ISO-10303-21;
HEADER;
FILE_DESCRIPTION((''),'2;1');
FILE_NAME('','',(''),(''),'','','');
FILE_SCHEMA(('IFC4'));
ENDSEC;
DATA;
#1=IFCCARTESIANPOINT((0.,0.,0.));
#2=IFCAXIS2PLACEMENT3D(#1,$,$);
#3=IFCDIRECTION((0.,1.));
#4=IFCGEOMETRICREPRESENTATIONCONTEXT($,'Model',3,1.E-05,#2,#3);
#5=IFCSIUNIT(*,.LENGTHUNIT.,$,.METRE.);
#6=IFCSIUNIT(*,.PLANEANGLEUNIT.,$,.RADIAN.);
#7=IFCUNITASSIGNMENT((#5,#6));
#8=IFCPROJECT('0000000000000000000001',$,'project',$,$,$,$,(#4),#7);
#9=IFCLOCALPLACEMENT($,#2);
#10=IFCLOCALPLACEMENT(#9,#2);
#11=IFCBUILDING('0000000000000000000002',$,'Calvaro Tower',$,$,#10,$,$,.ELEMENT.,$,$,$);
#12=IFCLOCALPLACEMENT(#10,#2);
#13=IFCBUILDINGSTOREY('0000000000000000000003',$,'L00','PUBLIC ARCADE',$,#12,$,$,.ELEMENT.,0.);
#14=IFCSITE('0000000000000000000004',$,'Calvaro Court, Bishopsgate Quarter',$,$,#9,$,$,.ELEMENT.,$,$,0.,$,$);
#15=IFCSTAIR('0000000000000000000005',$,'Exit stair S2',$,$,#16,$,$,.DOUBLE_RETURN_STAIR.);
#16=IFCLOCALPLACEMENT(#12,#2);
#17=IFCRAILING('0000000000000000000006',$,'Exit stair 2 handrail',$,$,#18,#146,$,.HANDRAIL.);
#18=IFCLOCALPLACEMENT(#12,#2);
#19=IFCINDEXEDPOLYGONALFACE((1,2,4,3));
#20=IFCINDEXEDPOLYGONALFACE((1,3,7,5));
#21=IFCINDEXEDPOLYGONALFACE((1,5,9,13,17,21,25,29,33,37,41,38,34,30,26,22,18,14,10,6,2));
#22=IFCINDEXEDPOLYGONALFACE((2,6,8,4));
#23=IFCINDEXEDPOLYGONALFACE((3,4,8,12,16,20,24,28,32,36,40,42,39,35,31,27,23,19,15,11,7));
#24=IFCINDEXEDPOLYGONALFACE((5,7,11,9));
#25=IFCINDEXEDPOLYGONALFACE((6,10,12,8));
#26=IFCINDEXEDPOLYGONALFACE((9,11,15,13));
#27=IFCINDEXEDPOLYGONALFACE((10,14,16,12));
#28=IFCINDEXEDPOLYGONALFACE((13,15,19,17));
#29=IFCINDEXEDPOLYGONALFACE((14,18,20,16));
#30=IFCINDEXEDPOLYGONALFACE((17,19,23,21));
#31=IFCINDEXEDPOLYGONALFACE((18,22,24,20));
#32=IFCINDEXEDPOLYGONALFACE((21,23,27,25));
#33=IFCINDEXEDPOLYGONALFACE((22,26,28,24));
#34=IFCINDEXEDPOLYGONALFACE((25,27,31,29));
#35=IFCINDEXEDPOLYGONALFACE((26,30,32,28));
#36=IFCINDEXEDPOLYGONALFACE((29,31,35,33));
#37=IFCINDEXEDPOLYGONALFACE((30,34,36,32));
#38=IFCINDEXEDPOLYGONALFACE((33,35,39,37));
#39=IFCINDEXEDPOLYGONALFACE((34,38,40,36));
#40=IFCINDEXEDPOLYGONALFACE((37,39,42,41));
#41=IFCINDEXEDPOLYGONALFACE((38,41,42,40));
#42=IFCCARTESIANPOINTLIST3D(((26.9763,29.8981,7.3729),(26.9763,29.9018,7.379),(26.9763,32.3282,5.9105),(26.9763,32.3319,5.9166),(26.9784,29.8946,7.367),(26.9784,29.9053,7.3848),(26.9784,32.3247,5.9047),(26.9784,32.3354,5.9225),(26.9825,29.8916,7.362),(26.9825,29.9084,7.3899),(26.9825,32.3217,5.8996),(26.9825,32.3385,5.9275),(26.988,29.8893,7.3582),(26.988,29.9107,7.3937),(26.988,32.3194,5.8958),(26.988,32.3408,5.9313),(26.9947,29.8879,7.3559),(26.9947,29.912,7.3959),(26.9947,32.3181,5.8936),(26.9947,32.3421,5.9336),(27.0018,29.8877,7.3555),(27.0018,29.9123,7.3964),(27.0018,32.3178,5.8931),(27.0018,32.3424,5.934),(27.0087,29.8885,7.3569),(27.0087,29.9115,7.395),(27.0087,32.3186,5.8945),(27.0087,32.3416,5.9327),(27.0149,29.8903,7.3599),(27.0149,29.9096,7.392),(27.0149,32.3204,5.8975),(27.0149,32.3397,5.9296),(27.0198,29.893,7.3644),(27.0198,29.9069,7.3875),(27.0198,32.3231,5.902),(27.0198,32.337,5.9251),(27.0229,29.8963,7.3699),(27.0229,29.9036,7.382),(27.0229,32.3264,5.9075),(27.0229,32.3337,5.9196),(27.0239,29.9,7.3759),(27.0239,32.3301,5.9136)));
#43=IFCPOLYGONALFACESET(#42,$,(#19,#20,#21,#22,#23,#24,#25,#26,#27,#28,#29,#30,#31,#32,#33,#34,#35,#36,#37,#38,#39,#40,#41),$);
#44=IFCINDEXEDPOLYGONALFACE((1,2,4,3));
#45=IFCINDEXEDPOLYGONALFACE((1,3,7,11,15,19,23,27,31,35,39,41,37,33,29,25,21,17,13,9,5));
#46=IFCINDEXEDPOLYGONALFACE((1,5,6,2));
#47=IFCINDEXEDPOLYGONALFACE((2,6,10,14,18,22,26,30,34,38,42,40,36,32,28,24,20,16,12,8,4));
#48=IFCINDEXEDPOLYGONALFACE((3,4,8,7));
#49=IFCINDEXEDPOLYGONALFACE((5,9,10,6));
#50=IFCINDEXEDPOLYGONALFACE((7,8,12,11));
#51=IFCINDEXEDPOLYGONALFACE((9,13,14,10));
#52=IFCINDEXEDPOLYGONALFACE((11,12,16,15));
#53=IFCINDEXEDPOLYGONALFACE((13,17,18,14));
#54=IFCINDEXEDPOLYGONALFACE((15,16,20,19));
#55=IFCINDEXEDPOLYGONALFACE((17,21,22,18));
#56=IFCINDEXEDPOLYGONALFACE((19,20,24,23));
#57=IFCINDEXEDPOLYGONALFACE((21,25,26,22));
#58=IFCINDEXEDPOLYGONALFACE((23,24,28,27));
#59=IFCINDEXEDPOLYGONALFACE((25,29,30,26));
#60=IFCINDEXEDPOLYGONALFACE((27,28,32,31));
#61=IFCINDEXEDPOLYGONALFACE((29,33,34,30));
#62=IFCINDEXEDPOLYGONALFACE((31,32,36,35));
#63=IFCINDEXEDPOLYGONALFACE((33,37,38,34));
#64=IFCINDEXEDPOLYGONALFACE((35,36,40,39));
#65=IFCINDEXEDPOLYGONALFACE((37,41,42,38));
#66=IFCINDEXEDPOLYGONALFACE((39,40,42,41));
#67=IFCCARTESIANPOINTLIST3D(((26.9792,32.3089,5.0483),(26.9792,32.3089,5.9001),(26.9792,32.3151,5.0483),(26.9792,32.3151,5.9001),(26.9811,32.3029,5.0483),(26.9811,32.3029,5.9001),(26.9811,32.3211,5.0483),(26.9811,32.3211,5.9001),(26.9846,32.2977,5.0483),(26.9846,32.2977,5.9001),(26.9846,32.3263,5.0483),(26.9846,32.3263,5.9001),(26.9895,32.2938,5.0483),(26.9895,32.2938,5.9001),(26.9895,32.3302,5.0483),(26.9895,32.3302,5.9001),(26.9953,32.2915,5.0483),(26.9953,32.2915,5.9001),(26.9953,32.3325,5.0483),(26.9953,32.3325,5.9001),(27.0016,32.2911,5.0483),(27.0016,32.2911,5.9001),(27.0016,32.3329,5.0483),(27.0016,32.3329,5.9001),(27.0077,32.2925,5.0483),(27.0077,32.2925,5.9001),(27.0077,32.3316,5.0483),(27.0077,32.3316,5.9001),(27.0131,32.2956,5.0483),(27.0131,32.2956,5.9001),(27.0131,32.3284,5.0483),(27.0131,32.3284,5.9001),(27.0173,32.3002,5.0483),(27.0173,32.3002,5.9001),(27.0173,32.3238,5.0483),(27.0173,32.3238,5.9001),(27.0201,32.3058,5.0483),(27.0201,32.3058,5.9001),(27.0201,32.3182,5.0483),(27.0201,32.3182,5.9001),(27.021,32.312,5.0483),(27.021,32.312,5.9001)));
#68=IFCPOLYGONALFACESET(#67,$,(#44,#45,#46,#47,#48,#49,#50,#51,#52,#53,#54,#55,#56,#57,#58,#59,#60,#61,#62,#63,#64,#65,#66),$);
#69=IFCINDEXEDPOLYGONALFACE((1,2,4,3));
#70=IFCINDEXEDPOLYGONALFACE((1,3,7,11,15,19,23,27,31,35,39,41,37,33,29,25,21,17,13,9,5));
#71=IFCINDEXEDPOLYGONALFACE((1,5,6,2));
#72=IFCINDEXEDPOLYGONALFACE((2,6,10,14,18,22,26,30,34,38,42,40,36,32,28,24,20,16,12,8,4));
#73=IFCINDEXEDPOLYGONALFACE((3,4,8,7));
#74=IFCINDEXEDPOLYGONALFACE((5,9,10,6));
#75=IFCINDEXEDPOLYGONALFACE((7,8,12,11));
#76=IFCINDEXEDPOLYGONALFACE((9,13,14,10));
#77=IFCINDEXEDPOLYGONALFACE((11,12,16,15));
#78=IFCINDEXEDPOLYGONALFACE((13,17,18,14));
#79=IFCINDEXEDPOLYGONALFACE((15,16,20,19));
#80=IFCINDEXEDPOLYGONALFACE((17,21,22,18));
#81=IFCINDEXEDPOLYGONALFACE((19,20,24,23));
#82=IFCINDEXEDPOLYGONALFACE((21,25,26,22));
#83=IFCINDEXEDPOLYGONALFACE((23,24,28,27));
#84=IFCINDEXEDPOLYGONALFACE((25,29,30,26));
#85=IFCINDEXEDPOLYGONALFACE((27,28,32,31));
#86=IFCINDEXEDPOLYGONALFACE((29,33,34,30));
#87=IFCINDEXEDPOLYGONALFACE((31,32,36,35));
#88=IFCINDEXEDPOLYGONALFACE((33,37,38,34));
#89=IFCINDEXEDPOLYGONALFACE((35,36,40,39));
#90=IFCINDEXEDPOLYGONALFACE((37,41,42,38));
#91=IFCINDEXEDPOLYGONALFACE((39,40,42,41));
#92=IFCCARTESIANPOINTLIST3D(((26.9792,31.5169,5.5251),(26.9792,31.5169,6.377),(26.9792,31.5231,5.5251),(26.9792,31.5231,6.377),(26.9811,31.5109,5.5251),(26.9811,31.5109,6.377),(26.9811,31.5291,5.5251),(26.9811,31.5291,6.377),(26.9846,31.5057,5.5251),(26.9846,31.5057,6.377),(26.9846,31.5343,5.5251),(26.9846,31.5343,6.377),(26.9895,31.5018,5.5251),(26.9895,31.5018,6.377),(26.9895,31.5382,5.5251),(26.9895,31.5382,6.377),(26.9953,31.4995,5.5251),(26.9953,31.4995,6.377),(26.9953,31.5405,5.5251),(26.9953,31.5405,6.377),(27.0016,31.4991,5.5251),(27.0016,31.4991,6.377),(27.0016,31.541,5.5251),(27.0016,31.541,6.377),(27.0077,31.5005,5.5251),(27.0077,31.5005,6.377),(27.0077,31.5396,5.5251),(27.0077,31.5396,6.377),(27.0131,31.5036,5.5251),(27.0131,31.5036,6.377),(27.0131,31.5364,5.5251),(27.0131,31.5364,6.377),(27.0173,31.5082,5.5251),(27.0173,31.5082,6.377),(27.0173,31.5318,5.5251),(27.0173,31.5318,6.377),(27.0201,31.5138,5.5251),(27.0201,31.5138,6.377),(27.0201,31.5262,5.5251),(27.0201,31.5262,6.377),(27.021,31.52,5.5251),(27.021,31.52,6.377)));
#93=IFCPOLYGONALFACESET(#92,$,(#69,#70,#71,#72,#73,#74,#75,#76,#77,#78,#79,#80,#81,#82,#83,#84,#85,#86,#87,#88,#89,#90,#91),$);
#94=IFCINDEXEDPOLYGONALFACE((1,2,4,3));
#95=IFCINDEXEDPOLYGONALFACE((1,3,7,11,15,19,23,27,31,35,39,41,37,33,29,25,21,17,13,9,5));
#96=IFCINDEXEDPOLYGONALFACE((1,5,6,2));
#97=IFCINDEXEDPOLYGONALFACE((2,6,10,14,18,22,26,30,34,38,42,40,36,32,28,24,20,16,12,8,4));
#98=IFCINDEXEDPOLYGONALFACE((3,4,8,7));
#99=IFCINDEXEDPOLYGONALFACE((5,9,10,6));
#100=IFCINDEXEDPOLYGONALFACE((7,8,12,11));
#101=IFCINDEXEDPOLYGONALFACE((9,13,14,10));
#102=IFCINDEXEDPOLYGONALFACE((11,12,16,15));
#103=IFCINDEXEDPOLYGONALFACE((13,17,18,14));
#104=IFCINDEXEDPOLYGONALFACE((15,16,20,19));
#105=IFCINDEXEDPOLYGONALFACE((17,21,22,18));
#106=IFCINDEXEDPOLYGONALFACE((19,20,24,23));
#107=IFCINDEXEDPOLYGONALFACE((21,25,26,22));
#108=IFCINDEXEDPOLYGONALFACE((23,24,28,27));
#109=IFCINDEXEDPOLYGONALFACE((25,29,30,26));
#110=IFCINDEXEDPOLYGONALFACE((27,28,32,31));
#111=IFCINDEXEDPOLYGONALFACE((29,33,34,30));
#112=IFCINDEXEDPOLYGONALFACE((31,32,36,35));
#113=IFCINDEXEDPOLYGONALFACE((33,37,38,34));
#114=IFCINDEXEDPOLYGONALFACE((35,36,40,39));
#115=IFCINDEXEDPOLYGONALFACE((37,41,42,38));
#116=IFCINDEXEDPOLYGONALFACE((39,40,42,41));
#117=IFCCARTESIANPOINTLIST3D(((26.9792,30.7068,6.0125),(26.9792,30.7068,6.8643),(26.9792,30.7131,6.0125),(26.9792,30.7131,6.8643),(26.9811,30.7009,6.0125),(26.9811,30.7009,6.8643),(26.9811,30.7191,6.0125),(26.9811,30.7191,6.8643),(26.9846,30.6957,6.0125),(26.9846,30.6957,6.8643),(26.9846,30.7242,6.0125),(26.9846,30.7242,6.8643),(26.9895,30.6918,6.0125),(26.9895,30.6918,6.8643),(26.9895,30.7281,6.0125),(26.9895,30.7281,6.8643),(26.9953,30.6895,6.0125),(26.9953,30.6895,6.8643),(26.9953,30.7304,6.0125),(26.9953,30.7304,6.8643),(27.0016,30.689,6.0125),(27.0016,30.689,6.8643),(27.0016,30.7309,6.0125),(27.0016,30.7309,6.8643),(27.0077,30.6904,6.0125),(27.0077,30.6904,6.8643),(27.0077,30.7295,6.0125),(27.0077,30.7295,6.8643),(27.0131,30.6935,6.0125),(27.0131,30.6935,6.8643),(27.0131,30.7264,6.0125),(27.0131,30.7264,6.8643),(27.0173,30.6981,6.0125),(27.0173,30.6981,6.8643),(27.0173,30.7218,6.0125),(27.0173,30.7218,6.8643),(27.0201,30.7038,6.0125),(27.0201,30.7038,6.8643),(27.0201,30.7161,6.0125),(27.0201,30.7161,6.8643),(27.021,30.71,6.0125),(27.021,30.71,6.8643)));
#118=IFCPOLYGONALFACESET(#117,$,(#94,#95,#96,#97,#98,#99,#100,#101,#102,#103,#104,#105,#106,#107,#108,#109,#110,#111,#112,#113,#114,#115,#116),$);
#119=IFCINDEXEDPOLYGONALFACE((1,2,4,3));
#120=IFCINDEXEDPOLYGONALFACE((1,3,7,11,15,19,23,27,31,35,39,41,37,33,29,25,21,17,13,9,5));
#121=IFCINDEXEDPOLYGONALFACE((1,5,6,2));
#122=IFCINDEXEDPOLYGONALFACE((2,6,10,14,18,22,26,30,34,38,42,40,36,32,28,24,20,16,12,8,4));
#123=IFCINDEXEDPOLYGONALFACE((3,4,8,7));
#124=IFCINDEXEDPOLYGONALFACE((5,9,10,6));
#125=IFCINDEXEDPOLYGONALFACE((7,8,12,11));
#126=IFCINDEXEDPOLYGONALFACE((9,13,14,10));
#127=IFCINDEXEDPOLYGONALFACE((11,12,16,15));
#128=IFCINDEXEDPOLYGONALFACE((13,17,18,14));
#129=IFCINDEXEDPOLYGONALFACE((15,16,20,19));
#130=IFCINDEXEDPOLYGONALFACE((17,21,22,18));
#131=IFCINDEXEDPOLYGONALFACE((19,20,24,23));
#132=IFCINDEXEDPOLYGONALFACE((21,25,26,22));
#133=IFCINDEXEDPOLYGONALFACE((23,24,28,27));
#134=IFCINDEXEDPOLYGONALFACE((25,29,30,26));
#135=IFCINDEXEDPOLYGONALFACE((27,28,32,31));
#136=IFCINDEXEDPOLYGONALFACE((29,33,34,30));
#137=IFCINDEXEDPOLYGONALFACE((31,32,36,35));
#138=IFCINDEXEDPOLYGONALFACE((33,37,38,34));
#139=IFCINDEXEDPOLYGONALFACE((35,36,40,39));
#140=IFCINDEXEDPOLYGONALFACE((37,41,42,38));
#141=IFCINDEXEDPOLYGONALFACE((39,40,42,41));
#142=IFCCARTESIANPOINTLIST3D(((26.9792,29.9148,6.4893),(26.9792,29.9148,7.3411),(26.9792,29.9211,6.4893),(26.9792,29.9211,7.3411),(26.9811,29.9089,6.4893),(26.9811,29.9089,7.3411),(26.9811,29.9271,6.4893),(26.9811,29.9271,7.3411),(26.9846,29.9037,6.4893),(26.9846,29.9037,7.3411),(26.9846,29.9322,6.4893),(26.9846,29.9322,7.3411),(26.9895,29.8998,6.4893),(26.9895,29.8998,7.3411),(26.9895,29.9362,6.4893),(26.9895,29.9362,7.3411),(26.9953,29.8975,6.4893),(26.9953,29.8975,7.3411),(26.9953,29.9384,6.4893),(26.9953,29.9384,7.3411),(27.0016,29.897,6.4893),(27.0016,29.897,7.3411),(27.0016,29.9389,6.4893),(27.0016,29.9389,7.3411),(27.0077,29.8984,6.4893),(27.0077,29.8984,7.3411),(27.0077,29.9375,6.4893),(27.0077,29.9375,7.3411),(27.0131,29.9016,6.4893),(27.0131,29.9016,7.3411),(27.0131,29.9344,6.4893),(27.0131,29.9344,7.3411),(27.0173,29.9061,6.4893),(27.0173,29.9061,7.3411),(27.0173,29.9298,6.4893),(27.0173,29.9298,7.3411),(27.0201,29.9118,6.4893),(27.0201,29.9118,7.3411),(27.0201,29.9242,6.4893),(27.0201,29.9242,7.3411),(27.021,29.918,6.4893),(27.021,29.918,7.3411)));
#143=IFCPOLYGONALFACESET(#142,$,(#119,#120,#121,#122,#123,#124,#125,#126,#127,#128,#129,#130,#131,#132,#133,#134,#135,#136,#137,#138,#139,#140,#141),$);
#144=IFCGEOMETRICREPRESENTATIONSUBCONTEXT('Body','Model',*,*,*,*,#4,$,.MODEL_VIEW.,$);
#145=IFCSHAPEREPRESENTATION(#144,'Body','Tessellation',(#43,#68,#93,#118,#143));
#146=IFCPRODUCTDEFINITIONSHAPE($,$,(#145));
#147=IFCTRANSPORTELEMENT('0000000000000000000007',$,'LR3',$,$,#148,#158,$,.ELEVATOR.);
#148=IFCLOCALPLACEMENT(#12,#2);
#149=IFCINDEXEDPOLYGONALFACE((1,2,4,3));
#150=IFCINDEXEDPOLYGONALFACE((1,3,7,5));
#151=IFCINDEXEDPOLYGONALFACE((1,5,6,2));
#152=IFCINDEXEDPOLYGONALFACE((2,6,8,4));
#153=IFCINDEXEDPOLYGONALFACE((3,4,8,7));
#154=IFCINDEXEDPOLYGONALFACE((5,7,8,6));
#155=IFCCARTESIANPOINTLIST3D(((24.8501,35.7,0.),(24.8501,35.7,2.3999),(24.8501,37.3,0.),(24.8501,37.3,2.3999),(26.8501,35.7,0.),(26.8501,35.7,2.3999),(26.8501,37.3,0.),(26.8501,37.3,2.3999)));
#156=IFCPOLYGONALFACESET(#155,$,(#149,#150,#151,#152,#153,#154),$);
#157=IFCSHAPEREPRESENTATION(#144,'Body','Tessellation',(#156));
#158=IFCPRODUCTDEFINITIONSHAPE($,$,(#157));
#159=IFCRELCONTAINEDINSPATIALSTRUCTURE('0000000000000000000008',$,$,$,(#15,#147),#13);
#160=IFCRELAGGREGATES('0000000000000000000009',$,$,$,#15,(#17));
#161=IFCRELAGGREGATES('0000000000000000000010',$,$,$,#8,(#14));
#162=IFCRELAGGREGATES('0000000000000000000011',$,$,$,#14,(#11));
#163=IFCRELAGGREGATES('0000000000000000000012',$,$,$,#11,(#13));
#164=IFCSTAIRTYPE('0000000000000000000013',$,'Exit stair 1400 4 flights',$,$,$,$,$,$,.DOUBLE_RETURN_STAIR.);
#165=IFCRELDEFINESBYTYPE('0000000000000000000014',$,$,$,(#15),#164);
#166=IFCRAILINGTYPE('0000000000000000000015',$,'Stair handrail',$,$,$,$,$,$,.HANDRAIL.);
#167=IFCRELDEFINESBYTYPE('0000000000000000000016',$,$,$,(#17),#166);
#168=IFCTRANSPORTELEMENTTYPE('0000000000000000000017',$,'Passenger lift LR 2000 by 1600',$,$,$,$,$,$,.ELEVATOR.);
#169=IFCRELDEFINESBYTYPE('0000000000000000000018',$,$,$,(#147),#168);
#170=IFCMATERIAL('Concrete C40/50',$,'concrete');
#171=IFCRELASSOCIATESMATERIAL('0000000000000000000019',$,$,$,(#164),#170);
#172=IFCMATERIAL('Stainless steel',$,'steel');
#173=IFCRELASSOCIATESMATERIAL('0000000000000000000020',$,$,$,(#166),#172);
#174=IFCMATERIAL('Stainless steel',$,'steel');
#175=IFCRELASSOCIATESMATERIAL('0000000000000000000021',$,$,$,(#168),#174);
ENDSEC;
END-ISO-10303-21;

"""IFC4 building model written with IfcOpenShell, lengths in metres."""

from ifc_helpers import new_model, si_unit, direction, frame, origin, origin_2d, place, context, subcontext, project, spatial, rectangle, circle, extrude, material, type_object, element, aggregate, save


model = new_model("IFC4")

# Units and contexts
model_context = context("Model", 3, precision=1e-05, world=origin(), true_north=direction((0.0, 1.0)))
body_context = subcontext(model_context, "Body", "Model", "MODEL_VIEW")
ifc_project = project(units=[si_unit("LENGTHUNIT", "METRE"), si_unit("PLANEANGLEUNIT", "RADIAN")], contexts=[model_context])

# Site, building, storey
site_placement = place(None, origin())
site = spatial("IfcSite", under=ifc_project, at=site_placement, Name="Calvaro Court, Bishopsgate Quarter", CompositionType="ELEMENT", RefElevation=0.0)
building_placement = place(site_placement, origin())
building = spatial("IfcBuilding", under=site, at=building_placement, Name="Calvaro Tower", CompositionType="ELEMENT")
storey_placement = place(building_placement, origin())
storey = spatial("IfcBuildingStorey", under=building, at=storey_placement, Name="L00", Description="PUBLIC ARCADE", CompositionType="ELEMENT", Elevation=0.0)

# Stair, railing
ifc_material_1 = material(Name="Concrete C40/50", Category="concrete")
stair_type = type_object("IfcStairType", Name="Exit stair 1400 4 flights", PredefinedType="DOUBLE_RETURN_STAIR", material=ifc_material_1)
stair_placement = place(storey_placement, origin())
stair = element("IfcStair", 1, at=stair_placement, inside=storey, type_object=stair_type, Name="Exit stair S2", PredefinedType="DOUBLE_RETURN_STAIR")
ifc_material_2 = material(Name="Stainless steel", Category="steel")
railing_type = type_object("IfcRailingType", Name="Stair handrail", PredefinedType="HANDRAIL", material=ifc_material_2)
railing_1_placement = place(storey_placement, frame((27.0, 32.3301, 5.0376)))
railing_1 = element("IfcRailing", 2, at=railing_1_placement, type_object=railing_type, Name="Exit stair 2 handrail", PredefinedType="HANDRAIL", context=body_context, shape_type="SweptSolid", body=[
    extrude(circle(Radius=0.0239, at=origin_2d()), frame((0.0, 0.0, 0.876), z_axis=(0.0, -0.856824, 0.515609), x_axis=(1.0, 0.0, 0.0)), (0.0, 0.0, 1.0), 2.8362),
    extrude(circle(Radius=0.021, at=origin_2d()), frame((0.0, -0.0181, 0.0107)), (0.0, 0.0, 1.0), 0.8518),
    extrude(circle(Radius=0.021, at=origin_2d()), frame((0.0, -0.8101, 0.4875)), (0.0, 0.0, 1.0), 0.8518),
    extrude(circle(Radius=0.021, at=origin_2d()), frame((0.0, -1.6201, 0.9749)), (0.0, 0.0, 1.0), 0.8518),
    extrude(circle(Radius=0.021, at=origin_2d()), frame((0.0, -2.4121, 1.4517)), (0.0, 0.0, 1.0), 0.8518),
])
aggregate(stair, [railing_1])

# Transport element
ifc_material_3 = material(Name="Stainless steel", Category="steel")
transport_element_type = type_object("IfcTransportElementType", Name="Passenger lift LR 2000 by 1600", PredefinedType="ELEVATOR", material=ifc_material_3)
transport_element_placement = place(storey_placement, frame((25.8501, 36.5, 0.0), z_axis=(0.0, 0.0, 1.0), x_axis=(1.0, 0.0, 0.0)))
element("IfcTransportElement", 3, at=transport_element_placement, inside=storey, type_object=transport_element_type, Name="LR3", PredefinedType="ELEVATOR", context=body_context, shape_type="SweptSolid", body=[
    extrude(rectangle(XDim=2.0, YDim=1.6001, at=origin_2d()), origin(), (0.0, 0.0, 1.0), 2.3999),
])

save(model, "model.ifc")
